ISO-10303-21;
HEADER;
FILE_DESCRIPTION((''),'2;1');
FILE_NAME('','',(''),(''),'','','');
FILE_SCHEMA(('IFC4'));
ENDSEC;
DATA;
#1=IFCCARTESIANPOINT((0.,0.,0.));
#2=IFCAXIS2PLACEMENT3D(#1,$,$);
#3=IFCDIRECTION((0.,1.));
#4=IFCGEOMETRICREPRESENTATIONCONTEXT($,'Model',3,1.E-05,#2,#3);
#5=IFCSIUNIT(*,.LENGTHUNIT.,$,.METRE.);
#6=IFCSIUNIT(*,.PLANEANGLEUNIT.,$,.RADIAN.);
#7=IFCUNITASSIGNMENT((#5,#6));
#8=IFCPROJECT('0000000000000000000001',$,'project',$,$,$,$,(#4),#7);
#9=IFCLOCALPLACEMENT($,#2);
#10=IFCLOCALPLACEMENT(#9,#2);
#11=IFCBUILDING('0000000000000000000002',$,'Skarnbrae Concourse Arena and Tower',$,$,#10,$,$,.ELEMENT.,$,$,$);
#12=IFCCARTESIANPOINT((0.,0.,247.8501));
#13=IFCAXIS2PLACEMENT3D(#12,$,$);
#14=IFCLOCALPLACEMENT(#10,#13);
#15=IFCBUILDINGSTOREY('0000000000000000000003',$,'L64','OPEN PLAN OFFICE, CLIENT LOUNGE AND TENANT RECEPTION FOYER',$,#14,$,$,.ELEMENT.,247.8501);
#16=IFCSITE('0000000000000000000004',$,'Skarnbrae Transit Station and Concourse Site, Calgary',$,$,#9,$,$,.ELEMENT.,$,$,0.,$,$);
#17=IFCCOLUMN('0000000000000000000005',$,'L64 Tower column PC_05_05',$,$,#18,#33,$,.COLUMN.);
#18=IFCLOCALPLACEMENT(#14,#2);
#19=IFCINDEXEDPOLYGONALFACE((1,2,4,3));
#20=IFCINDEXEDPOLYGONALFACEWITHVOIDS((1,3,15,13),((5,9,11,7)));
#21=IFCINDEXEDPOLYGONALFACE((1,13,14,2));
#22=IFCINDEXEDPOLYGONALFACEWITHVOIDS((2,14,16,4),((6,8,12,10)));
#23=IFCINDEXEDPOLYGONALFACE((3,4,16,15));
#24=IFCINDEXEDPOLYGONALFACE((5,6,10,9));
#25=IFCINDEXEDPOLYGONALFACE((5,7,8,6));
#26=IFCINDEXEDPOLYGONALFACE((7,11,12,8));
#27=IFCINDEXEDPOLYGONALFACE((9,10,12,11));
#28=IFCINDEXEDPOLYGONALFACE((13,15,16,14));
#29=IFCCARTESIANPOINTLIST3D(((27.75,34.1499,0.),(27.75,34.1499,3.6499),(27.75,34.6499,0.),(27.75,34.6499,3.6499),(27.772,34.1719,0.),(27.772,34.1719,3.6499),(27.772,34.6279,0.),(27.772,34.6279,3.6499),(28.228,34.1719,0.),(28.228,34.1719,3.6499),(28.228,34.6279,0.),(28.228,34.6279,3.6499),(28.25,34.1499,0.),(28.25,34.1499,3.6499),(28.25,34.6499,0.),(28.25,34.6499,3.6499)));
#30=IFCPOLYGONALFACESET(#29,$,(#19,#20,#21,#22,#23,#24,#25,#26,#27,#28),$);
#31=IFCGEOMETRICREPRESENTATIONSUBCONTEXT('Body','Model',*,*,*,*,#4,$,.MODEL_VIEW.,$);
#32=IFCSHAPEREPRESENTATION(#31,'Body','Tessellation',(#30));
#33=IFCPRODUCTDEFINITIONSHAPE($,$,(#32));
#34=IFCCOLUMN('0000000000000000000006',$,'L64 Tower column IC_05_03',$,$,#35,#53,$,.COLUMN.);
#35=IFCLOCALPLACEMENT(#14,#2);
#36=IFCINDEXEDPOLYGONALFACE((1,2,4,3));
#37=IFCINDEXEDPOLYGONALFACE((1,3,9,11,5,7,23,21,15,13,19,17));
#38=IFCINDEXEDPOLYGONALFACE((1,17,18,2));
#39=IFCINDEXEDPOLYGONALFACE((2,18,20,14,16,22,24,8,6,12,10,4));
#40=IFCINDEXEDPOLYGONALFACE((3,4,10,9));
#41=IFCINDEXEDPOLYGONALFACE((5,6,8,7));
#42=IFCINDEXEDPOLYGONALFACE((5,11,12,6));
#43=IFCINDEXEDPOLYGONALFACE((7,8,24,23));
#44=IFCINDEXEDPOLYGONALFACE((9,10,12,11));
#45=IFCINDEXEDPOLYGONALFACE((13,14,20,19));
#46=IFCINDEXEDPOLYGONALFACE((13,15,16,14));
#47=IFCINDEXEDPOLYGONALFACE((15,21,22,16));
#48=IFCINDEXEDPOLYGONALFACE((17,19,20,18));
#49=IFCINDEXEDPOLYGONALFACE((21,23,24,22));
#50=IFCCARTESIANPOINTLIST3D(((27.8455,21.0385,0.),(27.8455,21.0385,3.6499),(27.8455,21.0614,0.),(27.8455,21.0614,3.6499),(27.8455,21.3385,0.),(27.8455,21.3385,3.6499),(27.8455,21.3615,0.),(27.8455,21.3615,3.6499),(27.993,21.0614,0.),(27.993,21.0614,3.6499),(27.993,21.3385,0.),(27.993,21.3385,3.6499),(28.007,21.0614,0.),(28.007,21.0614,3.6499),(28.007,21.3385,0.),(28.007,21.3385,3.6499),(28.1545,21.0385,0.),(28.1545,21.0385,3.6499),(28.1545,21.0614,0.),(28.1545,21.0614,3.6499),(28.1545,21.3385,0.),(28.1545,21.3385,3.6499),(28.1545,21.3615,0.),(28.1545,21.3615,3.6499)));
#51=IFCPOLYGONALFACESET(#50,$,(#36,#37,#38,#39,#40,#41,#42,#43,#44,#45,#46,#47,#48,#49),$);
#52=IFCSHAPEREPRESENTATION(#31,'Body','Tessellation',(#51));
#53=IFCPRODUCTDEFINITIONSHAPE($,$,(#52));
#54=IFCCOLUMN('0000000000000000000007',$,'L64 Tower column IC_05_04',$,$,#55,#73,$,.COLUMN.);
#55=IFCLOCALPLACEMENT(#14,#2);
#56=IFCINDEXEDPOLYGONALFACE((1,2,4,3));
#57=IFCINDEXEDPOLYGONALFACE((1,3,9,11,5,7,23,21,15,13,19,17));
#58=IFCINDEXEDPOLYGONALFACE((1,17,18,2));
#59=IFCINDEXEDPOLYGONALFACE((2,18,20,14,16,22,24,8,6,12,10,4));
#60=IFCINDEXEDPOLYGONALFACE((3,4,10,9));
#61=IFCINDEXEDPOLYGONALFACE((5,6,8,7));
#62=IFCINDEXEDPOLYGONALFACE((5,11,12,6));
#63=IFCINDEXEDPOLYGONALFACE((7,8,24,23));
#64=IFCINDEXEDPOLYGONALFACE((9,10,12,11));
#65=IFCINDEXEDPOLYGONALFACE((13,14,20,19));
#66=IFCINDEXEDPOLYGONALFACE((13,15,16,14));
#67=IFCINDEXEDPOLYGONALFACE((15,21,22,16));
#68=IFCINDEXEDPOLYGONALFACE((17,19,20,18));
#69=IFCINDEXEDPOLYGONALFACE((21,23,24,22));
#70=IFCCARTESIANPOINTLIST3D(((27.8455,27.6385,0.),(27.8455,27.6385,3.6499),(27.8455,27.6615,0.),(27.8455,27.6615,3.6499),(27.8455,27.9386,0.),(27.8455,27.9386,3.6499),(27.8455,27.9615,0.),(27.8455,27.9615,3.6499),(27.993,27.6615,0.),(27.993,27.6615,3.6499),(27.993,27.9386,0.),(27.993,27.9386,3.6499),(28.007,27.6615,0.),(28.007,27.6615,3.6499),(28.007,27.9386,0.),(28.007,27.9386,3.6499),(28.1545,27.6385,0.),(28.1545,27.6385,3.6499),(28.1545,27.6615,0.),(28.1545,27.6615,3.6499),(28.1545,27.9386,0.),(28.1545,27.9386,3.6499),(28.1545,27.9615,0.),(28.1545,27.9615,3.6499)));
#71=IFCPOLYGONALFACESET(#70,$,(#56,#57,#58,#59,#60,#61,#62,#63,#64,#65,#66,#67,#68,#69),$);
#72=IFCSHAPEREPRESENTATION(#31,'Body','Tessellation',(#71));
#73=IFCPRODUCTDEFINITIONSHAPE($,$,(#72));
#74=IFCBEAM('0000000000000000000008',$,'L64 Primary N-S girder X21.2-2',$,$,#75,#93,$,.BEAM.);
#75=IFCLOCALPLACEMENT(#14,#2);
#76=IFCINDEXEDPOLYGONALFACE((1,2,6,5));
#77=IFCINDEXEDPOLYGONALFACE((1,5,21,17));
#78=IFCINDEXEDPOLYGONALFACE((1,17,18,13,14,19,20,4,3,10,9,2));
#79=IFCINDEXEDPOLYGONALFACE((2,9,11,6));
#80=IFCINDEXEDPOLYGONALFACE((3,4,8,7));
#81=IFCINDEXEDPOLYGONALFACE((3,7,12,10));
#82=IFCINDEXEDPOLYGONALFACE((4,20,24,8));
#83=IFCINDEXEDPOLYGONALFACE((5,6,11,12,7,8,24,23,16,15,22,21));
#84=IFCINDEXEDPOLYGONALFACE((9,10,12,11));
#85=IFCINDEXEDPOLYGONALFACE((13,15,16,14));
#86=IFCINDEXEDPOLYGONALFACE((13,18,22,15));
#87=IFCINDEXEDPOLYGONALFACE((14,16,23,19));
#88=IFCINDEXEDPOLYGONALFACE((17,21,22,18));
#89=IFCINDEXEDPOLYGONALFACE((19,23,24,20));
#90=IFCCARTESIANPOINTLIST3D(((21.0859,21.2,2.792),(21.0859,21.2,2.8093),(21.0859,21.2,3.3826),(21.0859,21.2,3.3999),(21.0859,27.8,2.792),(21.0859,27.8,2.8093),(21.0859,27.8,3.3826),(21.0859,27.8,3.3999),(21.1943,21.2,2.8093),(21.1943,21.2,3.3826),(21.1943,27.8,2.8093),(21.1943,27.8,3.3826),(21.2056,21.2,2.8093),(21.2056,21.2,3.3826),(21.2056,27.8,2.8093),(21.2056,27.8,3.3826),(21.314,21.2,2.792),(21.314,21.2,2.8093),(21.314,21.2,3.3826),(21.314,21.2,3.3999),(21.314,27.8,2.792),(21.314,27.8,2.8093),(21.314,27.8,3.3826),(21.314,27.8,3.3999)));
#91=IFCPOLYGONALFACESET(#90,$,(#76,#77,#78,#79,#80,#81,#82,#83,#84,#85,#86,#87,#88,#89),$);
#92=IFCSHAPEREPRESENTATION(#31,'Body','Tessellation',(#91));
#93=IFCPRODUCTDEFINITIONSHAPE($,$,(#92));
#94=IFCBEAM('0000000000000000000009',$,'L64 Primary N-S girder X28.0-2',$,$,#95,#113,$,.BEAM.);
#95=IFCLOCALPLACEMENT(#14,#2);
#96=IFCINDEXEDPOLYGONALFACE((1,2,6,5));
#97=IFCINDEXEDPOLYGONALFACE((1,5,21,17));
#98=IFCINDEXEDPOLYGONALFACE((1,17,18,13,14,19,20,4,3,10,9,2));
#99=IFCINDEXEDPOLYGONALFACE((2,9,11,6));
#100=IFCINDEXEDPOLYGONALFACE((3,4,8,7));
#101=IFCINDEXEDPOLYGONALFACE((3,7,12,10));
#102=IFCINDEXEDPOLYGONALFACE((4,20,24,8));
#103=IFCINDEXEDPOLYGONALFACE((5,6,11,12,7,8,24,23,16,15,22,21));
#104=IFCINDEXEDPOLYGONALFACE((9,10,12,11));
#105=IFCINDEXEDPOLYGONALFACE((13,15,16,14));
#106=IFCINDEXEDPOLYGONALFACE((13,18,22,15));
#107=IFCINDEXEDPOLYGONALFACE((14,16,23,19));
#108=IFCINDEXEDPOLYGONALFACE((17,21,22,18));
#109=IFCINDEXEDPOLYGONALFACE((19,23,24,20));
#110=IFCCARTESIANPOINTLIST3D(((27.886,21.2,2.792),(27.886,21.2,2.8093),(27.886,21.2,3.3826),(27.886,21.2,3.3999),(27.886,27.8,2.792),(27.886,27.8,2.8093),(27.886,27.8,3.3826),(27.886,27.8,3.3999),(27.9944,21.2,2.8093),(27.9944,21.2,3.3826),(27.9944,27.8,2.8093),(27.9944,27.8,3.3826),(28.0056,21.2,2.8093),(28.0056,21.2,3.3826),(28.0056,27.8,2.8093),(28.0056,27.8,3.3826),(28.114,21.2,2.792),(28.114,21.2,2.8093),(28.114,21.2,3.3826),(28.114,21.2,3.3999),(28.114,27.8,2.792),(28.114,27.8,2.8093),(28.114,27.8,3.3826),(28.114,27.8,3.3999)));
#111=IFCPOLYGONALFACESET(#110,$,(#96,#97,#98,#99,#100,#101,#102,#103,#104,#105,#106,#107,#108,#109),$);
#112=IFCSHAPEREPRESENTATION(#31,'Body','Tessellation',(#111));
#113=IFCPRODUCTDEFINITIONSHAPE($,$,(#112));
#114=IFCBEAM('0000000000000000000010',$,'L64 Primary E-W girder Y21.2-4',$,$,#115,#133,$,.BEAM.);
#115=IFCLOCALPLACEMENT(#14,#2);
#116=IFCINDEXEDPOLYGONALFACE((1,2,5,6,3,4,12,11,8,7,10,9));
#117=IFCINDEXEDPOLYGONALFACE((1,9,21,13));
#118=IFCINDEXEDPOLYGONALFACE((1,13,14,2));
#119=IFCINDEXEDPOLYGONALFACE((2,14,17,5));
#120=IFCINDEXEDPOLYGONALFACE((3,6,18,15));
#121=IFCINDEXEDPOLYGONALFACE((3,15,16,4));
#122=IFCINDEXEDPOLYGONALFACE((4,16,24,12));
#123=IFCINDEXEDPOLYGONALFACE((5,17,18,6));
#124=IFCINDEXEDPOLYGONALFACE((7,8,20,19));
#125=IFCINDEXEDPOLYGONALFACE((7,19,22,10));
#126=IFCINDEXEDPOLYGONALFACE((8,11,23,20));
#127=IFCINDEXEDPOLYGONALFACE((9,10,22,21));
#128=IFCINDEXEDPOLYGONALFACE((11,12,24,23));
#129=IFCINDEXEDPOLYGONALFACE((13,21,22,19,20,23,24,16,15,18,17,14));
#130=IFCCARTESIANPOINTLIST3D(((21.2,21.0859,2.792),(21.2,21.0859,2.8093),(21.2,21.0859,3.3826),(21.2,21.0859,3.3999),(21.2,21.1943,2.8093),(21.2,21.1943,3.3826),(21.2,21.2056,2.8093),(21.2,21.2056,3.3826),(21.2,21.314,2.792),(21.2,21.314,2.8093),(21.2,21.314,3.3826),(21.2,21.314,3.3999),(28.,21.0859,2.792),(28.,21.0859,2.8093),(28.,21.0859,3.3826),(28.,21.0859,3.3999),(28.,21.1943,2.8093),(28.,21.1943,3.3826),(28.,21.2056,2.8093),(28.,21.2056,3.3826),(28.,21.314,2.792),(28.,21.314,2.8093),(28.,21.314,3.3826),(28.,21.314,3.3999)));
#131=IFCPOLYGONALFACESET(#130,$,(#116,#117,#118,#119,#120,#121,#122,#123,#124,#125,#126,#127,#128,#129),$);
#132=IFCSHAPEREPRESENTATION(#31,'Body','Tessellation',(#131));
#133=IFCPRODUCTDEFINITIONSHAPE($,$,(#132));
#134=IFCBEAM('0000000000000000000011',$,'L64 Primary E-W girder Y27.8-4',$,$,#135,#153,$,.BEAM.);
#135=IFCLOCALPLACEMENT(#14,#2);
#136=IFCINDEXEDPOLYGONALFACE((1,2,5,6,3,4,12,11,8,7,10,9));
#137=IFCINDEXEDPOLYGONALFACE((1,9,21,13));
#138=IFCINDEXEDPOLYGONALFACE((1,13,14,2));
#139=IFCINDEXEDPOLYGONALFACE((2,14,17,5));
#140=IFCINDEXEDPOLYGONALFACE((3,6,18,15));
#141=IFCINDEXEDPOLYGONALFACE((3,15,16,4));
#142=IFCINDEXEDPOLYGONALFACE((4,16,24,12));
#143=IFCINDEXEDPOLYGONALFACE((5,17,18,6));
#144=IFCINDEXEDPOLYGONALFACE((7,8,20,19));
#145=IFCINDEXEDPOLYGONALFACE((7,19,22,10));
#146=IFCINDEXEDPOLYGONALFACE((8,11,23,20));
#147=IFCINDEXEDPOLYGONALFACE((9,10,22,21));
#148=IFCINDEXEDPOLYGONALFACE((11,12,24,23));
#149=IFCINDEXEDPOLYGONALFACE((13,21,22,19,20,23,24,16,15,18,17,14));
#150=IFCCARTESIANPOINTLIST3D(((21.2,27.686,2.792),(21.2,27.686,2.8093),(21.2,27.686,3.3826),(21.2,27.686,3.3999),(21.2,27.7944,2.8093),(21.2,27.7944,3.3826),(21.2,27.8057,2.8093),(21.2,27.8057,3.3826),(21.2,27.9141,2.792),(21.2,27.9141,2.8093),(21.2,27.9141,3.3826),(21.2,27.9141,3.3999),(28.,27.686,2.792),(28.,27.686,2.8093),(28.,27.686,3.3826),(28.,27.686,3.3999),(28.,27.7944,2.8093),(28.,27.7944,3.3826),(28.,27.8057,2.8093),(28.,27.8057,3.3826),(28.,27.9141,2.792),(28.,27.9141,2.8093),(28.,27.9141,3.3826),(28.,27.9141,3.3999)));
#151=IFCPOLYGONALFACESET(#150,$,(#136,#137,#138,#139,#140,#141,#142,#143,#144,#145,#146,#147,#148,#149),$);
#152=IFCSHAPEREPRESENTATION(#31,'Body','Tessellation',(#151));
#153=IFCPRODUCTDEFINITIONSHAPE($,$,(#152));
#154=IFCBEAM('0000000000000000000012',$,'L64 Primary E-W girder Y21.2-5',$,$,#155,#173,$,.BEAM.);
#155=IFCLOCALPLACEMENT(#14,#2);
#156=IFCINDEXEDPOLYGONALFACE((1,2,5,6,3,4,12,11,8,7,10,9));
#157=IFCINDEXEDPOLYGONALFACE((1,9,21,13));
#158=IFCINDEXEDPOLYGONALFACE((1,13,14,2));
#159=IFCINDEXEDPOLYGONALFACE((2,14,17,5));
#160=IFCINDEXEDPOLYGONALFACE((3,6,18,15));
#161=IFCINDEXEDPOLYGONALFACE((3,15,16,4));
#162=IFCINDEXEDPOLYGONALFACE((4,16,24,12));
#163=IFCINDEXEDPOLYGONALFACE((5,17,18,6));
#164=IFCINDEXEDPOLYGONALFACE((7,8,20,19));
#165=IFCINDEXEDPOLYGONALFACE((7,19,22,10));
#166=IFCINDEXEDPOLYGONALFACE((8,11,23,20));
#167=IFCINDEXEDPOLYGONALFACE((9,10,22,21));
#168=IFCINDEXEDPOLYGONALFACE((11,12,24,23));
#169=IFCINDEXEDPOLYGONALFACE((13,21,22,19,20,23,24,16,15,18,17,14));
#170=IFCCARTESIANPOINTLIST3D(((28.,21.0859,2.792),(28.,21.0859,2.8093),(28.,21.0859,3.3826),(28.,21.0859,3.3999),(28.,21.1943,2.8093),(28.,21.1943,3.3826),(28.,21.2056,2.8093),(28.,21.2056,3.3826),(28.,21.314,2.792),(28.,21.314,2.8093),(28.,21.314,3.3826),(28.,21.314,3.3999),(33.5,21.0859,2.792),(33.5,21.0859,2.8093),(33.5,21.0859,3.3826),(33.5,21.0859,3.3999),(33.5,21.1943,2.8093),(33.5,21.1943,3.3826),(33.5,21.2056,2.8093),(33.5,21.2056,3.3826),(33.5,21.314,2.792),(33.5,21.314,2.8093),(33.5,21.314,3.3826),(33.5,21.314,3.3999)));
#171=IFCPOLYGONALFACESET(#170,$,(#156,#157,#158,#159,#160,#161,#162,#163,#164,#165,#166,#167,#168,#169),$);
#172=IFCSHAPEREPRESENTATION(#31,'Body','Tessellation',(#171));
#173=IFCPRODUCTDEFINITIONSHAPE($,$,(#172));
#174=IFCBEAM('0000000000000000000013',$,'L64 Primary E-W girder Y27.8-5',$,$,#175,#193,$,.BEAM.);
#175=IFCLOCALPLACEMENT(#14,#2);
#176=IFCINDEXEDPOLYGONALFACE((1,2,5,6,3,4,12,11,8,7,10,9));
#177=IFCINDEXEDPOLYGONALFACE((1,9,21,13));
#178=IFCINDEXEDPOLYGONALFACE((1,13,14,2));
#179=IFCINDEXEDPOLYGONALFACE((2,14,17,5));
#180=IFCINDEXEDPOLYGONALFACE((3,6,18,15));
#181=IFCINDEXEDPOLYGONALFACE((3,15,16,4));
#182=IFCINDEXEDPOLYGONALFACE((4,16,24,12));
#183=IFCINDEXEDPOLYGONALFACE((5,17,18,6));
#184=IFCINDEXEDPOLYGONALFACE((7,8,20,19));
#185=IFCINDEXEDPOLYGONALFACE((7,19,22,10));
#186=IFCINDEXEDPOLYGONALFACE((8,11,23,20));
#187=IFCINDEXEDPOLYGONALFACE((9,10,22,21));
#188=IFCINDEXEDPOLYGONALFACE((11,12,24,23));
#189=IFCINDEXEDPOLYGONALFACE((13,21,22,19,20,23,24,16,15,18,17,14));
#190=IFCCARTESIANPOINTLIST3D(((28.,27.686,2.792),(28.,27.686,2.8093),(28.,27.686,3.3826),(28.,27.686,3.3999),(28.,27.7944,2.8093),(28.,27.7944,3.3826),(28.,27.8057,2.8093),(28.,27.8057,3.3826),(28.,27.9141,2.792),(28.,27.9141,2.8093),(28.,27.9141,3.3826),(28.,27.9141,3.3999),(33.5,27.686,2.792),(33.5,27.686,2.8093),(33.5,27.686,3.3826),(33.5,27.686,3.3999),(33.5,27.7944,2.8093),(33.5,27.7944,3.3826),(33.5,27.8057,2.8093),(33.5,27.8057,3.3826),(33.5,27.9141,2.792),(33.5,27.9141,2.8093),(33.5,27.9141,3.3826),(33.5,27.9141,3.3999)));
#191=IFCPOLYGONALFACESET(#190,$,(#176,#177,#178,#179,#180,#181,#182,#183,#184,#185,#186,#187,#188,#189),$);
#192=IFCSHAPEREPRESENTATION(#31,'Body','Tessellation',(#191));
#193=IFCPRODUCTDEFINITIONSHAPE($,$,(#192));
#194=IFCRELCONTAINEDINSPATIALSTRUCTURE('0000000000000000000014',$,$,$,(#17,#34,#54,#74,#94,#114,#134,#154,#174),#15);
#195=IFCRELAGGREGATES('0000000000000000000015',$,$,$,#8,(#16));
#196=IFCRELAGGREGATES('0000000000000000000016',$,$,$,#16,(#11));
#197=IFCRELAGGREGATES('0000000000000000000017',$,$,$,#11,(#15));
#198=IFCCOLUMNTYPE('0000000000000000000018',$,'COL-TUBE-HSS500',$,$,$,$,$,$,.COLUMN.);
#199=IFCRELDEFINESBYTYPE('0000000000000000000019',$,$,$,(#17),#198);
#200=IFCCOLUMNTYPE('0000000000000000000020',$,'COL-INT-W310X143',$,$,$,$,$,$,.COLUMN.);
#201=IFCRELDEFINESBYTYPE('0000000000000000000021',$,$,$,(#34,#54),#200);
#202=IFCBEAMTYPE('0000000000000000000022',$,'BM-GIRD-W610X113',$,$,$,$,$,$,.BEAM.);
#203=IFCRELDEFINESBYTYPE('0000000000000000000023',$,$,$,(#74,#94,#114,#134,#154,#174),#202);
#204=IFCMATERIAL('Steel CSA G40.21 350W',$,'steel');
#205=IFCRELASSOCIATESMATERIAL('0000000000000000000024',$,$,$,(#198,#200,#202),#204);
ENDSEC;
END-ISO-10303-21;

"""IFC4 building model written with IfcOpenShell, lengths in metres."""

from ifc_helpers import new_model, si_unit, direction, frame, origin, origin_2d, place, context, subcontext, project, spatial, hollow_rectangle, i_section, extrude, source, transform, mapped, material, material_profile, profile_set, type_object, element, save


model = new_model("IFC4")

# Units and contexts
model_context = context("Model", 3, precision=1e-05, world=origin(), true_north=direction((0.0, 1.0)))
body_context = subcontext(model_context, "Body", "Model", "MODEL_VIEW")
ifc_project = project(units=[si_unit("LENGTHUNIT", "METRE"), si_unit("PLANEANGLEUNIT", "RADIAN")], contexts=[model_context])

# Site, building, storey
site_placement = place(None, origin())
site = spatial("IfcSite", under=ifc_project, at=site_placement, Name="Skarnbrae Transit Station and Concourse Site, Calgary", CompositionType="ELEMENT", RefElevation=0.0)
building_placement = place(site_placement, origin())
building = spatial("IfcBuilding", under=site, at=building_placement, Name="Skarnbrae Concourse Arena and Tower", CompositionType="ELEMENT")
storey_placement = place(building_placement, frame((0.0, 0.0, 247.8501)))
storey = spatial("IfcBuildingStorey", under=building, at=storey_placement, Name="L64", Description="OPEN PLAN OFFICE, CLIENT LOUNGE AND TENANT RECEPTION FOYER", CompositionType="ELEMENT", Elevation=247.8501)

# Columns
ifc_material_1 = material(Name="Steel CSA G40.21 350W", Category="steel")
ifc_material_profile_1 = material_profile(ifc_material_1, hollow_rectangle(XDim=0.5, YDim=0.5, WallThickness=0.022, at=origin_2d()), Name="HSS500X500X22.0")
ifc_profile_set_1 = profile_set([ifc_material_profile_1], Name="Steel CSA G40.21 350W")
column_type_1 = type_object("IfcColumnType", Name="COL-TUBE-HSS500", PredefinedType="COLUMN", material=ifc_profile_set_1)
shared_shape_1 = source(origin(), body_context, "Body", "SweptSolid", [
    extrude(hollow_rectangle(XDim=0.5, YDim=0.5, WallThickness=0.022, at=origin_2d()), origin(), (0.0, 0.0, 1.0), 3.6499),
])
column_placement = place(storey_placement, frame((28.0, 34.3999, 0.0), z_axis=(0.0, 0.0, 1.0), x_axis=(1.0, 0.0, 0.0)))
element("IfcColumn", 1, at=column_placement, inside=storey, type_object=column_type_1, Name="L64 Tower column PC_05_05", PredefinedType="COLUMN", context=body_context, shape_type="MappedRepresentation", body=[
    mapped(shared_shape_1, transform((0.0, 0.0, 0.0))),
])
ifc_material_profile_2 = material_profile(ifc_material_1, i_section(OverallWidth=0.3091, OverallDepth=0.323, WebThickness=0.0139, FlangeThickness=0.0229, at=origin_2d()), Name="W310X143")
ifc_profile_set_2 = profile_set([ifc_material_profile_2], Name="Steel CSA G40.21 350W")
column_type_2 = type_object("IfcColumnType", Name="COL-INT-W310X143", PredefinedType="COLUMN", material=ifc_profile_set_2)
shared_shape_2 = source(origin(), body_context, "Body", "SweptSolid", [
    extrude(i_section(OverallWidth=0.3091, OverallDepth=0.323, WebThickness=0.0139, FlangeThickness=0.0229, at=origin_2d()), origin(), (0.0, 0.0, 1.0), 3.6499),
])
for number, where, z_axis, x_axis, name in (
    (2, (28.0, 21.2, 0.0), (0.0, 0.0, 1.0), (1.0, 0.0, 0.0), "L64 Tower column IC_05_03"),
    (3, (28.0, 27.8, 0.0), (0.0, 0.0, 1.0), (1.0, 0.0, 0.0), "L64 Tower column IC_05_04"),
):
    element("IfcColumn", number, at=place(storey_placement, frame(where, z_axis=z_axis, x_axis=x_axis)), inside=storey, type_object=column_type_2, Name=name, PredefinedType="COLUMN", context=body_context, shape_type="MappedRepresentation", body=[
        mapped(shared_shape_2, transform((0.0, 0.0, 0.0))),
    ])

# Beams
ifc_material_profile_3 = material_profile(ifc_material_1, i_section(OverallWidth=0.228, OverallDepth=0.6079, WebThickness=0.0112, FlangeThickness=0.0173, at=origin_2d()), Name="W610X113")
ifc_profile_set_3 = profile_set([ifc_material_profile_3], Name="Steel CSA G40.21 350W")
beam_type_1 = type_object("IfcBeamType", Name="BM-GIRD-W610X113", PredefinedType="BEAM", material=ifc_profile_set_3)
shared_shape_3 = source(origin(), body_context, "Body", "SweptSolid", [
    extrude(i_section(OverallWidth=0.228, OverallDepth=0.6079, WebThickness=0.0112, FlangeThickness=0.0173, at=origin_2d()), origin(), (0.0, 0.0, 1.0), 6.6001),
])
for number, where, z_axis, x_axis, name in (
    (4, (21.2, 21.2, 3.0959), (0.0, 1.0, 0.0), (-1.0, 0.0, 0.0), "L64 Primary N-S girder X21.2-2"),
    (5, (28.0, 21.2, 3.0959), (0.0, 1.0, 0.0), (-1.0, 0.0, 0.0), "L64 Primary N-S girder X28.0-2"),
):
    element("IfcBeam", number, at=place(storey_placement, frame(where, z_axis=z_axis, x_axis=x_axis)), inside=storey, type_object=beam_type_1, Name=name, PredefinedType="BEAM", context=body_context, shape_type="MappedRepresentation", body=[
        mapped(shared_shape_3, transform((0.0, 0.0, 0.0))),
    ])
shared_shape_4 = source(origin(), body_context, "Body", "SweptSolid", [
    extrude(i_section(OverallWidth=0.228, OverallDepth=0.6079, WebThickness=0.0112, FlangeThickness=0.0173, at=origin_2d()), origin(), (0.0, 0.0, 1.0), 6.8),
])
for number, where, z_axis, x_axis, name in (
    (6, (21.2, 21.2, 3.0959), (1.0, 0.0, 0.0), (0.0, 1.0, 0.0), "L64 Primary E-W girder Y21.2-4"),
    (7, (21.2, 27.8, 3.0959), (1.0, 0.0, 0.0), (0.0, 1.0, 0.0), "L64 Primary E-W girder Y27.8-4"),
):
    element("IfcBeam", number, at=place(storey_placement, frame(where, z_axis=z_axis, x_axis=x_axis)), inside=storey, type_object=beam_type_1, Name=name, PredefinedType="BEAM", context=body_context, shape_type="MappedRepresentation", body=[
        mapped(shared_shape_4, transform((0.0, 0.0, 0.0))),
    ])
shared_shape_5 = source(origin(), body_context, "Body", "SweptSolid", [
    extrude(i_section(OverallWidth=0.228, OverallDepth=0.6079, WebThickness=0.0112, FlangeThickness=0.0173, at=origin_2d()), origin(), (0.0, 0.0, 1.0), 5.5),
])
for number, where, z_axis, x_axis, name in (
    (8, (28.0, 21.2, 3.0959), (1.0, 0.0, 0.0), (0.0, 1.0, 0.0), "L64 Primary E-W girder Y21.2-5"),
    (9, (28.0, 27.8, 3.0959), (1.0, 0.0, 0.0), (0.0, 1.0, 0.0), "L64 Primary E-W girder Y27.8-5"),
):
    element("IfcBeam", number, at=place(storey_placement, frame(where, z_axis=z_axis, x_axis=x_axis)), inside=storey, type_object=beam_type_1, Name=name, PredefinedType="BEAM", context=body_context, shape_type="MappedRepresentation", body=[
        mapped(shared_shape_5, transform((0.0, 0.0, 0.0))),
    ])

save(model, "model.ifc")
